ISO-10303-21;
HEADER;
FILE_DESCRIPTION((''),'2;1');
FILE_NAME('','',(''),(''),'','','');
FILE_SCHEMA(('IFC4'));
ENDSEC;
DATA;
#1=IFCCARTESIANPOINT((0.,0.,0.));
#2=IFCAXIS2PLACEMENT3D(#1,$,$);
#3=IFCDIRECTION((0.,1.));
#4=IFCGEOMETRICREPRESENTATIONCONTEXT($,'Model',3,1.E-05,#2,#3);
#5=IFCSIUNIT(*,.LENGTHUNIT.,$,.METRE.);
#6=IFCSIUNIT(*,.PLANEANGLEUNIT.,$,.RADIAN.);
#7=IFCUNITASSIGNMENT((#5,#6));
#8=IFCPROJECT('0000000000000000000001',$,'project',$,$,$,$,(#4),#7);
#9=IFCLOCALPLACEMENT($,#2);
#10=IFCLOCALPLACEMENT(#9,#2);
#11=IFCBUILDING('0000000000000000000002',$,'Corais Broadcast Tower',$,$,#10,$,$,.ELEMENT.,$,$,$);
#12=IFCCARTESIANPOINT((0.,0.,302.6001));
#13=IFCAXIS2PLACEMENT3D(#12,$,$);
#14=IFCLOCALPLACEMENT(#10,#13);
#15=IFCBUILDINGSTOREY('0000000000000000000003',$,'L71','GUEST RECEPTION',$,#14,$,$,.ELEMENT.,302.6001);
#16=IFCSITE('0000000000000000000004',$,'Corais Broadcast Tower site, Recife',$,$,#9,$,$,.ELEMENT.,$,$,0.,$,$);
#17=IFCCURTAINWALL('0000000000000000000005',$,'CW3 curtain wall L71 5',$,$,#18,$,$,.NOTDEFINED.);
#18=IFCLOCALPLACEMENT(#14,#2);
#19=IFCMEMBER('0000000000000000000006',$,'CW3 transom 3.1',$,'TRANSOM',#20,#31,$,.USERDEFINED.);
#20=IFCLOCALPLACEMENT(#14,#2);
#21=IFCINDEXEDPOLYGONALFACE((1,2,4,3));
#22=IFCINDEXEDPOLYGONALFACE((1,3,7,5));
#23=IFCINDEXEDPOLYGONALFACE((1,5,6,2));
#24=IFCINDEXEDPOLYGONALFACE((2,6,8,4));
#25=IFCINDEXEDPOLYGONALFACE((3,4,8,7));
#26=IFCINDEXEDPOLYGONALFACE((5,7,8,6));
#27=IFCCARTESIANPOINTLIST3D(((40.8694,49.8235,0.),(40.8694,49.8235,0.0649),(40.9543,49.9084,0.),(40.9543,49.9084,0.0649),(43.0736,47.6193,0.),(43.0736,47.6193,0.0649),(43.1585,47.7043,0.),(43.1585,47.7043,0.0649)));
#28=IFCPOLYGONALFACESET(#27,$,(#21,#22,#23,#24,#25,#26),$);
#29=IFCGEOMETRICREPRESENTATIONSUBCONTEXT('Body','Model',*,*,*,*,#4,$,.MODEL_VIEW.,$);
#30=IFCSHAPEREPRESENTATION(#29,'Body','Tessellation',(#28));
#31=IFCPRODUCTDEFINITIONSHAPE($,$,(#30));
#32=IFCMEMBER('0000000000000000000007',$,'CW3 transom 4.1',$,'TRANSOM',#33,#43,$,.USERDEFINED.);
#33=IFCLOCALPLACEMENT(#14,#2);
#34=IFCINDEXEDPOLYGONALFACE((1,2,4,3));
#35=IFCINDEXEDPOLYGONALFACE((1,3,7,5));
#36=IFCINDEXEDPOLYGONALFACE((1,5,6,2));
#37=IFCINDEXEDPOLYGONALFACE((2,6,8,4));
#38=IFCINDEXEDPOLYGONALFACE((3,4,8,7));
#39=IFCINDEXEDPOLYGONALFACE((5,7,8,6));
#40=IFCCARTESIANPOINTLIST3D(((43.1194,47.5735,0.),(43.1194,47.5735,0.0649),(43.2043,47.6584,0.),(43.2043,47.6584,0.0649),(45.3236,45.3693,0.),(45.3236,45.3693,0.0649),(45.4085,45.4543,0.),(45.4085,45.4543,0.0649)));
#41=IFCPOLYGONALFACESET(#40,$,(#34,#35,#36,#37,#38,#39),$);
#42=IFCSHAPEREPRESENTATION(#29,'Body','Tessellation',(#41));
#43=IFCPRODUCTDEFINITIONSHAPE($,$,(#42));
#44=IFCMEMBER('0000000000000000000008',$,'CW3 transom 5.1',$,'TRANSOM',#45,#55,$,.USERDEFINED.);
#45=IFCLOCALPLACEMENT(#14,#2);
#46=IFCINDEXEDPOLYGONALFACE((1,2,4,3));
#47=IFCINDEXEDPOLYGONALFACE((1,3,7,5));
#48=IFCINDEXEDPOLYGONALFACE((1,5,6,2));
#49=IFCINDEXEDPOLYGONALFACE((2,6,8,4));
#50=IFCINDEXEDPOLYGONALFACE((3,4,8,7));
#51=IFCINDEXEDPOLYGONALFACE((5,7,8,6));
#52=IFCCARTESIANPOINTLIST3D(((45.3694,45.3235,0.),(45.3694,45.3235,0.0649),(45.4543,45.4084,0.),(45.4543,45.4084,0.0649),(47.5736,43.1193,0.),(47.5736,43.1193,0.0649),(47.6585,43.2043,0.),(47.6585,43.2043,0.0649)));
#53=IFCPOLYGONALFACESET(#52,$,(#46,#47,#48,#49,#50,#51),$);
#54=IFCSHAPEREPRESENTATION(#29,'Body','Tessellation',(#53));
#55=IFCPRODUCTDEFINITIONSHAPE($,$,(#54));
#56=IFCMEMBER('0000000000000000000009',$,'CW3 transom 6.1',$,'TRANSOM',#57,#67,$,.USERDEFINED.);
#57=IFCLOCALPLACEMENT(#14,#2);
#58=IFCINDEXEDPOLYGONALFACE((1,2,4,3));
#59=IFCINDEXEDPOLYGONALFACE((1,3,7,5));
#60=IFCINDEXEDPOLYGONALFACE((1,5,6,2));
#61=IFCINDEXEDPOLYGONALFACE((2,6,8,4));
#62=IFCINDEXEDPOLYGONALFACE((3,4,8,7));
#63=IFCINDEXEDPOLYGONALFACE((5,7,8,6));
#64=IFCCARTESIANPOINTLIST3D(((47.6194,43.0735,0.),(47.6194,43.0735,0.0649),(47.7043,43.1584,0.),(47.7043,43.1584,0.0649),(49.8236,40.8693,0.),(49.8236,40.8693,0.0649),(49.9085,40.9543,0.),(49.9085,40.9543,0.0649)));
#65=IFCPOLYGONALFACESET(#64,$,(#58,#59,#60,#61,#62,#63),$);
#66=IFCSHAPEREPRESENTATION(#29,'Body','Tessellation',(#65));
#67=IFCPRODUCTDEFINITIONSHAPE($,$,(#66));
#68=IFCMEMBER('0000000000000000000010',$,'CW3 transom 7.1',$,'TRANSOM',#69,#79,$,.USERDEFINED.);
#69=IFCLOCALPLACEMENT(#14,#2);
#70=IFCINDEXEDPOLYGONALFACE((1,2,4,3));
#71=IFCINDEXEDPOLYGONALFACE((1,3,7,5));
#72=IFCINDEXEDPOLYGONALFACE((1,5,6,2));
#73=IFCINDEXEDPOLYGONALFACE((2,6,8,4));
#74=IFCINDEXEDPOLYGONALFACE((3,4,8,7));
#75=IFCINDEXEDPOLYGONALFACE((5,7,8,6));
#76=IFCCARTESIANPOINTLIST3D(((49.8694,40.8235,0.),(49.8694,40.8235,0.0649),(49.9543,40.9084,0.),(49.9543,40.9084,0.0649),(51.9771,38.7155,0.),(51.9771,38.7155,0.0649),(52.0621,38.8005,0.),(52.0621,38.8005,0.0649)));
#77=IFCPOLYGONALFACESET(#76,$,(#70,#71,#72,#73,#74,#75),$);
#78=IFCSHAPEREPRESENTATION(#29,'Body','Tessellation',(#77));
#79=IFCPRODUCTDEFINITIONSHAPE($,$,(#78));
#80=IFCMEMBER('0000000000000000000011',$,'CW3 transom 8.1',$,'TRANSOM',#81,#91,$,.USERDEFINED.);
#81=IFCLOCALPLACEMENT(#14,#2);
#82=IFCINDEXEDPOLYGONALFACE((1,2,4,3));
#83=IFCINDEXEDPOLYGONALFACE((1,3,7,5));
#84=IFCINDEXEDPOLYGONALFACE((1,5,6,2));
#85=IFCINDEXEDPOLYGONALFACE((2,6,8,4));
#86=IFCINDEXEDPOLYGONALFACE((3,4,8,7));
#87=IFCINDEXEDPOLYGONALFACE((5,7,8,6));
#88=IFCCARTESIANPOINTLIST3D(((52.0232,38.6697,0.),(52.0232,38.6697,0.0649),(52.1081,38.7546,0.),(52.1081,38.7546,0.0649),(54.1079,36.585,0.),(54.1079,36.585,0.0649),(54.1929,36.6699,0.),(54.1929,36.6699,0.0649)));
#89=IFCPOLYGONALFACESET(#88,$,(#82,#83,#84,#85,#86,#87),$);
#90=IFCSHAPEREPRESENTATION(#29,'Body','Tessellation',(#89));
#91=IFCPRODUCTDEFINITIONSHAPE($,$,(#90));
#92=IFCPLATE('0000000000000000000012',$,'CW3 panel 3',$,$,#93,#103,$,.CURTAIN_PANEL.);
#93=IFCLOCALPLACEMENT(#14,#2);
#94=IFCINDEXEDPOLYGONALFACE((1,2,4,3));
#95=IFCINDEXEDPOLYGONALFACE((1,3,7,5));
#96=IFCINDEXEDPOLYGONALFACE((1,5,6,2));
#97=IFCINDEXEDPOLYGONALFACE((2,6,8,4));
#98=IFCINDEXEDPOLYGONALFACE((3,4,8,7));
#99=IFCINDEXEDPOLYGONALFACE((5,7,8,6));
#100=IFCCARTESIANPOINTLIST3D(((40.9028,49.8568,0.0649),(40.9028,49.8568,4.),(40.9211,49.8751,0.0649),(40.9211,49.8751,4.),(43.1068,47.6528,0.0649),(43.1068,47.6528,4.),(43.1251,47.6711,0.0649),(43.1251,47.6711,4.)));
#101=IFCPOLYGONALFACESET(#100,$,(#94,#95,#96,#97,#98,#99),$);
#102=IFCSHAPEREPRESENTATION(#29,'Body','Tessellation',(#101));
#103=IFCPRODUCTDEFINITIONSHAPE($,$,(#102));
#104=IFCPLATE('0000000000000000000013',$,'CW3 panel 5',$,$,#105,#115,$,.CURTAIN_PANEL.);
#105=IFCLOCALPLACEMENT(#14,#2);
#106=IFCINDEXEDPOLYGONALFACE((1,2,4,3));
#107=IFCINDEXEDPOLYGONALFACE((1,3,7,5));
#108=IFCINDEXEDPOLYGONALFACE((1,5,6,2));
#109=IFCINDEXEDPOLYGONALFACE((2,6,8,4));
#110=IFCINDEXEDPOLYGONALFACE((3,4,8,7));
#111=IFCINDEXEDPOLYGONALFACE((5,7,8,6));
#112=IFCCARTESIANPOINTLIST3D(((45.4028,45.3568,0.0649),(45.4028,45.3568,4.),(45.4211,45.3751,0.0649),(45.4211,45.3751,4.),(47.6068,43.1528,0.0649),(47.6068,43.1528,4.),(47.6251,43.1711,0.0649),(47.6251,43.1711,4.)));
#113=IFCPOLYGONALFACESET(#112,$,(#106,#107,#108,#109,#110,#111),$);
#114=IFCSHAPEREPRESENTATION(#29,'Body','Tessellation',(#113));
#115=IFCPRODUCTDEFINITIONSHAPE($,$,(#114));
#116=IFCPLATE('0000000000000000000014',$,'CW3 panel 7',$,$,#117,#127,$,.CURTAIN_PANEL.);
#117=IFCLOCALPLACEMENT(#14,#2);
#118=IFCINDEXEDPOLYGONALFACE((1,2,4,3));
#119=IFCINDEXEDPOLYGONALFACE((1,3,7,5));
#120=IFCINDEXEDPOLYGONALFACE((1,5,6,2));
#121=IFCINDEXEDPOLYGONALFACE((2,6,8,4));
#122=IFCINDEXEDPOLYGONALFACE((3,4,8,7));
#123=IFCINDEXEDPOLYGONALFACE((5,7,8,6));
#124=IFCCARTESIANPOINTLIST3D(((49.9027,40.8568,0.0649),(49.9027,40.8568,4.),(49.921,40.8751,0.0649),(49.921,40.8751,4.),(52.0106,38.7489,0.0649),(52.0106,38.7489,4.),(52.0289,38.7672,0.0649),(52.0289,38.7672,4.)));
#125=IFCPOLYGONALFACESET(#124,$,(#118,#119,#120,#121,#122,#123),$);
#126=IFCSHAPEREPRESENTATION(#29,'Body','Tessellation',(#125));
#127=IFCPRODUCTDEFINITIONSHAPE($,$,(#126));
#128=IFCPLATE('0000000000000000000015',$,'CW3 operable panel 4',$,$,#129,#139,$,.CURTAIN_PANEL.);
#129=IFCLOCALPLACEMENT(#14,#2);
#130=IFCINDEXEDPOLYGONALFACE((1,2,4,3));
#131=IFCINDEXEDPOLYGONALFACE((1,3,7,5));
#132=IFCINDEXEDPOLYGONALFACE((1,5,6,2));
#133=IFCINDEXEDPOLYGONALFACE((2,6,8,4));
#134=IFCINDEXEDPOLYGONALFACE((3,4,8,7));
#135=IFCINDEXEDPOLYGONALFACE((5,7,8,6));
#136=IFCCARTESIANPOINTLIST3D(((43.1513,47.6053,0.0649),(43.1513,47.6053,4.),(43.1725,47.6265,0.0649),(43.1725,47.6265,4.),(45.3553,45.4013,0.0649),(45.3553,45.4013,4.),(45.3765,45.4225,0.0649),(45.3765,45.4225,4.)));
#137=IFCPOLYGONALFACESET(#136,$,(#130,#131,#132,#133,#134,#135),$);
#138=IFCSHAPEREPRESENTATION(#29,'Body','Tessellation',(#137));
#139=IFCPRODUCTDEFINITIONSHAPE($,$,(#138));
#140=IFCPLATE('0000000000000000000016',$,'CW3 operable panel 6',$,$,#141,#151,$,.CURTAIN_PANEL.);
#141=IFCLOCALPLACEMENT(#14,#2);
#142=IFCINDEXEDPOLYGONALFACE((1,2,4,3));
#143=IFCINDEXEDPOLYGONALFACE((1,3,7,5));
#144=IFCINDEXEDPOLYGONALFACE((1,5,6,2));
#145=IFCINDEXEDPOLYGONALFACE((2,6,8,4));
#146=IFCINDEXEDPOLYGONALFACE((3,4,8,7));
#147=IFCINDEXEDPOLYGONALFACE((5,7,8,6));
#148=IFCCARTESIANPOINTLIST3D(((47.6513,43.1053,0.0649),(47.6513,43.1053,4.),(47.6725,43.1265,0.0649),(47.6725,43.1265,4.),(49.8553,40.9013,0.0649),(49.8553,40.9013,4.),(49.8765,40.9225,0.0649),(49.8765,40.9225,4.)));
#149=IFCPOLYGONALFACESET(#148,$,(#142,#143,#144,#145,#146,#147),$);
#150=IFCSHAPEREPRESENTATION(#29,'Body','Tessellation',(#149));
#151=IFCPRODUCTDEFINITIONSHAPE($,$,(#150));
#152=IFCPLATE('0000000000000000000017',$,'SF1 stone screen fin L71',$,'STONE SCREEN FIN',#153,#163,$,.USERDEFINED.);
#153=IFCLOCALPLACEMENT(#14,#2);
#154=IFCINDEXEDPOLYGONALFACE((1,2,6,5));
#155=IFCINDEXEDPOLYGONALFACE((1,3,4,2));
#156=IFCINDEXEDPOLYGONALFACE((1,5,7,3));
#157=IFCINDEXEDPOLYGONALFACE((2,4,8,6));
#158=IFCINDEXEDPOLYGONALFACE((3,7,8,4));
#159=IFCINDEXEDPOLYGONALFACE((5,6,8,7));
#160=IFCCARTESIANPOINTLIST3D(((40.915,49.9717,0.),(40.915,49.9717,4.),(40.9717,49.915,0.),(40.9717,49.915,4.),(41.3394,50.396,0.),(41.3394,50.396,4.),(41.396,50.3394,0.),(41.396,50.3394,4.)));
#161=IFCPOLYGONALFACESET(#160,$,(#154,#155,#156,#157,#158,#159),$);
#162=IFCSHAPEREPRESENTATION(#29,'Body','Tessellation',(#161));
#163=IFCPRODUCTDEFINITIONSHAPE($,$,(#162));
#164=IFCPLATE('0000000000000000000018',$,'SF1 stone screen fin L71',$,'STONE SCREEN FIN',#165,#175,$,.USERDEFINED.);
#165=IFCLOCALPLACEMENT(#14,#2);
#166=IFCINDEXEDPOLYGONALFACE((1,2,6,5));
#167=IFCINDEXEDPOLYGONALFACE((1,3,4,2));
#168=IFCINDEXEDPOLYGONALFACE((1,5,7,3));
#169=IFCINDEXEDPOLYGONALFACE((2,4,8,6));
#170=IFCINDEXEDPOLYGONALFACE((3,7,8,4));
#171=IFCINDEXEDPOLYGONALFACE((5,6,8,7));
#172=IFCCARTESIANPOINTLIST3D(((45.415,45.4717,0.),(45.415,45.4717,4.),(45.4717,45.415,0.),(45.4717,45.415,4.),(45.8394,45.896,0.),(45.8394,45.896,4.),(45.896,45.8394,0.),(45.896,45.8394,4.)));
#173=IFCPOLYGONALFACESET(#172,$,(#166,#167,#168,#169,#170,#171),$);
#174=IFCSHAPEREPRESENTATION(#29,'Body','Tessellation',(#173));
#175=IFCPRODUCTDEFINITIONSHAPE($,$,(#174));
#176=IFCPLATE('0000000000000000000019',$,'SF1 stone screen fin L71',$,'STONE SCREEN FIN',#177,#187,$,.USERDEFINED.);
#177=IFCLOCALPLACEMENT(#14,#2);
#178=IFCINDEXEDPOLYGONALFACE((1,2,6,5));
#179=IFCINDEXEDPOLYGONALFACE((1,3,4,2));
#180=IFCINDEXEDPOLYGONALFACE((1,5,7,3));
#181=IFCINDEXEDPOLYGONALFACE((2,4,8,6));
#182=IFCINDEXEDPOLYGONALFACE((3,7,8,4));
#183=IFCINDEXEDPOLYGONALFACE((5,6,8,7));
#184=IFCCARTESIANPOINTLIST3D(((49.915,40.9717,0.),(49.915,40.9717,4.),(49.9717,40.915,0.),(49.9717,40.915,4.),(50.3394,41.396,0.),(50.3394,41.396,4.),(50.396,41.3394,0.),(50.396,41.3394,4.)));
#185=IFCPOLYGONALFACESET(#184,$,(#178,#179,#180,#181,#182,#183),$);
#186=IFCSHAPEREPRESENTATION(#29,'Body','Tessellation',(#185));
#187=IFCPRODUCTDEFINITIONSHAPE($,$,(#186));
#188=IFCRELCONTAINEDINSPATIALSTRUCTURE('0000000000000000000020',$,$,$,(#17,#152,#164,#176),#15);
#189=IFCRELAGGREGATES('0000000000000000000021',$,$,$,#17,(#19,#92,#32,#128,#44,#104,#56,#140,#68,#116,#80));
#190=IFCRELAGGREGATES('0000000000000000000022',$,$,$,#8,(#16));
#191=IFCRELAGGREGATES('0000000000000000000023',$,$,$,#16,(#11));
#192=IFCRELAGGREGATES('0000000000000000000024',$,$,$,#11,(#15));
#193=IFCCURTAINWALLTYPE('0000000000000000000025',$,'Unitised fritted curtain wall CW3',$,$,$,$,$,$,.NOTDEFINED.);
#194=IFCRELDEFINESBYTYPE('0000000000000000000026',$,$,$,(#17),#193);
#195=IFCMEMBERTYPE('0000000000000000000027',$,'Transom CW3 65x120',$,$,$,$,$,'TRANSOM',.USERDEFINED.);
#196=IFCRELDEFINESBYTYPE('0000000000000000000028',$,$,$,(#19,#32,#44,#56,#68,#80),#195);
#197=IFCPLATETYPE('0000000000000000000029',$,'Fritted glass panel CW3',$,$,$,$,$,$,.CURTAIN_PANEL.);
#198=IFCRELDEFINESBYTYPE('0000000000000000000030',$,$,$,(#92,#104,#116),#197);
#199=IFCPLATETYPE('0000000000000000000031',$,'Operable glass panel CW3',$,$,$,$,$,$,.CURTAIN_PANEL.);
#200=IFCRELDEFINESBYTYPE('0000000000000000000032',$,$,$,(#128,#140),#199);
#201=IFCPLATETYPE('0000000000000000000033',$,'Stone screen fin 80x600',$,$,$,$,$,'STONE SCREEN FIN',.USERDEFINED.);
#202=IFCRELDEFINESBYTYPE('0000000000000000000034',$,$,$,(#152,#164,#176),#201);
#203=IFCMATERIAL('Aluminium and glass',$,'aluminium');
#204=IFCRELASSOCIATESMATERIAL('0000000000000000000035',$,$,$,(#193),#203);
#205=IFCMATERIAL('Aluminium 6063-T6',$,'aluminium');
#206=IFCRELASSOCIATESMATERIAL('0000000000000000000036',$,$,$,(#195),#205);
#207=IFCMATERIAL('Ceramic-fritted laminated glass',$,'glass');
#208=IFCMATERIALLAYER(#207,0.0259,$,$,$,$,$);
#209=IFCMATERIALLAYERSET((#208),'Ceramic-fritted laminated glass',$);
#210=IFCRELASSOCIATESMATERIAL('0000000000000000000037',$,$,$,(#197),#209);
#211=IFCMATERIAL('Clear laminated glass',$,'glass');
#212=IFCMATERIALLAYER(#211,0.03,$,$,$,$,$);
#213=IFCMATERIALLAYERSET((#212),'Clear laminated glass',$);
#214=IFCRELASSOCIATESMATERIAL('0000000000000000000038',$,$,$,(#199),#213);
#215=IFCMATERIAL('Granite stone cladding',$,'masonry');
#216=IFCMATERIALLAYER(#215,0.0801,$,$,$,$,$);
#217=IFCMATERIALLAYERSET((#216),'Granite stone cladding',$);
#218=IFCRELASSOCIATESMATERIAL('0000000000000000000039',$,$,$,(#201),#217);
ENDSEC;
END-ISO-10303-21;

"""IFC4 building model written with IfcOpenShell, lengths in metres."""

from ifc_helpers import new_model, si_unit, direction, frame, origin, origin_2d, place, context, subcontext, project, spatial, rectangle, extrude, material, layer, layer_set, material_profile, profile_set, type_object, element, aggregate, save


model = new_model("IFC4")

# Units and contexts
model_context = context("Model", 3, precision=1e-05, world=origin(), true_north=direction((0.0, 1.0)))
body_context = subcontext(model_context, "Body", "Model", "MODEL_VIEW")
ifc_project = project(units=[si_unit("LENGTHUNIT", "METRE"), si_unit("PLANEANGLEUNIT", "RADIAN")], contexts=[model_context])

# Site, building, storey
site_placement = place(None, origin())
site = spatial("IfcSite", under=ifc_project, at=site_placement, Name="Corais Broadcast Tower site, Recife", CompositionType="ELEMENT", RefElevation=0.0)
building_placement = place(site_placement, origin())
building = spatial("IfcBuilding", under=site, at=building_placement, Name="Corais Broadcast Tower", CompositionType="ELEMENT")
storey_placement = place(building_placement, frame((0.0, 0.0, 302.6001)))
storey = spatial("IfcBuildingStorey", under=building, at=storey_placement, Name="L71", Description="GUEST RECEPTION", CompositionType="ELEMENT", Elevation=302.6001)

# Curtain wall
ifc_material_1 = material(Name="Aluminium and glass", Category="aluminium")
curtain_wall_type = type_object("IfcCurtainWallType", Name="Unitised fritted curtain wall CW3", PredefinedType="NOTDEFINED", material=ifc_material_1)
curtain_wall_placement = place(storey_placement, origin())
curtain_wall = element("IfcCurtainWall", 1, at=curtain_wall_placement, inside=storey, type_object=curtain_wall_type, Name="CW3 curtain wall L71 5", PredefinedType="NOTDEFINED")

# Members
ifc_material_2 = material(Name="Aluminium 6063-T6", Category="aluminium")
ifc_material_profile_1 = material_profile(ifc_material_2, rectangle(XDim=0.1201, YDim=0.0649, at=origin_2d()), Name="Transom CW3 65x120")
ifc_profile_set_1 = profile_set([ifc_material_profile_1], Name="Aluminium 6063-T6")
member_type_1 = type_object("IfcMemberType", Name="Transom CW3 65x120", ElementType="TRANSOM", PredefinedType="USERDEFINED", material=ifc_profile_set_1)
member_1_placement = place(storey_placement, frame((40.9119, 49.866, 0.0325), z_axis=(0.707107, -0.707107, 0.0), x_axis=(0.707107, 0.707107, 0.0)))
member_1 = element("IfcMember", 2, at=member_1_placement, type_object=member_type_1, Name="CW3 transom 3.1", ObjectType="TRANSOM", PredefinedType="USERDEFINED", context=body_context, shape_type="SweptSolid", body=[
    extrude(rectangle(XDim=0.1201, YDim=0.0649, at=origin_2d()), origin(), (0.0, 0.0, 1.0), 3.1172),
])
member_2_placement = place(storey_placement, frame((43.1619, 47.616, 0.0325), z_axis=(0.707107, -0.707107, 0.0), x_axis=(0.707107, 0.707107, 0.0)))
member_2 = element("IfcMember", 3, at=member_2_placement, type_object=member_type_1, Name="CW3 transom 4.1", ObjectType="TRANSOM", PredefinedType="USERDEFINED", context=body_context, shape_type="SweptSolid", body=[
    extrude(rectangle(XDim=0.1201, YDim=0.0649, at=origin_2d()), origin(), (0.0, 0.0, 1.0), 3.1172),
])
member_3_placement = place(storey_placement, frame((45.4119, 45.366, 0.0325), z_axis=(0.707107, -0.707107, 0.0), x_axis=(0.707107, 0.707107, 0.0)))
member_3 = element("IfcMember", 4, at=member_3_placement, type_object=member_type_1, Name="CW3 transom 5.1", ObjectType="TRANSOM", PredefinedType="USERDEFINED", context=body_context, shape_type="SweptSolid", body=[
    extrude(rectangle(XDim=0.1201, YDim=0.0649, at=origin_2d()), origin(), (0.0, 0.0, 1.0), 3.1172),
])
member_4_placement = place(storey_placement, frame((47.6619, 43.116, 0.0325), z_axis=(0.707107, -0.707107, 0.0), x_axis=(0.707107, 0.707107, 0.0)))
member_4 = element("IfcMember", 5, at=member_4_placement, type_object=member_type_1, Name="CW3 transom 6.1", ObjectType="TRANSOM", PredefinedType="USERDEFINED", context=body_context, shape_type="SweptSolid", body=[
    extrude(rectangle(XDim=0.1201, YDim=0.0649, at=origin_2d()), origin(), (0.0, 0.0, 1.0), 3.1172),
])
member_5_placement = place(storey_placement, frame((49.9119, 40.866, 0.0325), z_axis=(0.707066, -0.707148, 0.0), x_axis=(0.707148, 0.707066, 0.0)))
member_5 = element("IfcMember", 6, at=member_5_placement, type_object=member_type_1, Name="CW3 transom 7.1", ObjectType="TRANSOM", PredefinedType="USERDEFINED", context=body_context, shape_type="SweptSolid", body=[
    extrude(rectangle(XDim=0.1201, YDim=0.0649, at=origin_2d()), origin(), (0.0, 0.0, 1.0), 2.981),
])
member_6_placement = place(storey_placement, frame((52.0657, 38.7122, 0.0325), z_axis=(0.707107, -0.707107, 0.0), x_axis=(0.707107, 0.707107, 0.0)))
member_6 = element("IfcMember", 7, at=member_6_placement, type_object=member_type_1, Name="CW3 transom 8.1", ObjectType="TRANSOM", PredefinedType="USERDEFINED", context=body_context, shape_type="SweptSolid", body=[
    extrude(rectangle(XDim=0.1201, YDim=0.0649, at=origin_2d()), origin(), (0.0, 0.0, 1.0), 2.9482),
])

# Plates
ifc_material_3 = material(Name="Ceramic-fritted laminated glass", Category="glass")
ifc_layer_1 = layer(ifc_material_3, 0.0259)
ifc_layer_set_1 = layer_set([ifc_layer_1], Name="Ceramic-fritted laminated glass")
plate_type_1 = type_object("IfcPlateType", Name="Fritted glass panel CW3", PredefinedType="CURTAIN_PANEL", material=ifc_layer_set_1)
plate_1_placement = place(storey_placement, frame((42.0139, 48.7639, 0.0649), z_axis=(0.0, 0.0, 1.0), x_axis=(0.707107, -0.707107, 0.0)))
plate_1 = element("IfcPlate", 8, at=plate_1_placement, type_object=plate_type_1, Name="CW3 panel 3", PredefinedType="CURTAIN_PANEL", context=body_context, shape_type="SweptSolid", body=[
    extrude(rectangle(XDim=3.1169, YDim=0.0259, at=origin_2d()), origin(), (0.0, 0.0, 1.0), 3.9351),
])
plate_2_placement = place(storey_placement, frame((46.5139, 44.2639, 0.0649), z_axis=(0.0, 0.0, 1.0), x_axis=(0.707107, -0.707107, 0.0)))
plate_2 = element("IfcPlate", 9, at=plate_2_placement, type_object=plate_type_1, Name="CW3 panel 5", PredefinedType="CURTAIN_PANEL", context=body_context, shape_type="SweptSolid", body=[
    extrude(rectangle(XDim=3.1169, YDim=0.0259, at=origin_2d()), origin(), (0.0, 0.0, 1.0), 3.9351),
])
plate_3_placement = place(storey_placement, frame((50.9658, 39.812, 0.0649), z_axis=(0.0, 0.0, 1.0), x_axis=(0.707107, -0.707107, 0.0)))
plate_3 = element("IfcPlate", 10, at=plate_3_placement, type_object=plate_type_1, Name="CW3 panel 7", PredefinedType="CURTAIN_PANEL", context=body_context, shape_type="SweptSolid", body=[
    extrude(rectangle(XDim=2.981, YDim=0.0259, at=origin_2d()), origin(), (0.0, 0.0, 1.0), 3.9351),
])
ifc_material_4 = material(Name="Clear laminated glass", Category="glass")
ifc_layer_2 = layer(ifc_material_4, 0.03)
ifc_layer_set_2 = layer_set([ifc_layer_2], Name="Clear laminated glass")
plate_type_2 = type_object("IfcPlateType", Name="Operable glass panel CW3", PredefinedType="CURTAIN_PANEL", material=ifc_layer_set_2)
plate_4_placement = place(storey_placement, frame((44.2639, 46.5139, 0.0649), z_axis=(0.0, 0.0, 1.0), x_axis=(0.707107, -0.707107, 0.0)))
plate_4 = element("IfcPlate", 11, at=plate_4_placement, type_object=plate_type_2, Name="CW3 operable panel 4", PredefinedType="CURTAIN_PANEL", context=body_context, shape_type="SweptSolid", body=[
    extrude(rectangle(XDim=3.1169, YDim=0.03, at=origin_2d()), origin(), (0.0, 0.0, 1.0), 3.9351),
])
plate_5_placement = place(storey_placement, frame((48.7639, 42.0139, 0.0649), z_axis=(0.0, 0.0, 1.0), x_axis=(0.707107, -0.707107, 0.0)))
plate_5 = element("IfcPlate", 12, at=plate_5_placement, type_object=plate_type_2, Name="CW3 operable panel 6", PredefinedType="CURTAIN_PANEL", context=body_context, shape_type="SweptSolid", body=[
    extrude(rectangle(XDim=3.1169, YDim=0.03, at=origin_2d()), origin(), (0.0, 0.0, 1.0), 3.9351),
])
aggregate(curtain_wall, [member_1, plate_1, member_2, plate_4, member_3, plate_2, member_4, plate_5, member_5, plate_3, member_6])

# Plates
ifc_material_5 = material(Name="Granite stone cladding", Category="masonry")
ifc_layer_3 = layer(ifc_material_5, 0.0801)
ifc_layer_set_3 = layer_set([ifc_layer_3], Name="Granite stone cladding")
plate_type_3 = type_object("IfcPlateType", Name="Stone screen fin 80x600", ElementType="STONE SCREEN FIN", PredefinedType="USERDEFINED", material=ifc_layer_set_3)
for number, where, z_axis, x_axis, name in (
    (13, (41.1555, 50.1555, 0.0), (0.0, 0.0, 1.0), (0.707107, -0.707107, 0.0), "SF1 stone screen fin L71"),
    (14, (45.6555, 45.6555, 0.0), (0.0, 0.0, 1.0), (0.707107, -0.707107, 0.0), "SF1 stone screen fin L71"),
    (15, (50.1555, 41.1555, 0.0), (0.0, 0.0, 1.0), (0.707107, -0.707107, 0.0), "SF1 stone screen fin L71"),
):
    element("IfcPlate", number, at=place(storey_placement, frame(where, z_axis=z_axis, x_axis=x_axis)), inside=storey, type_object=plate_type_3, Name=name, ObjectType="STONE SCREEN FIN", PredefinedType="USERDEFINED", context=body_context, shape_type="SweptSolid", body=[
        extrude(rectangle(XDim=0.0801, YDim=0.6001, at=origin_2d()), origin(), (0.0, 0.0, 1.0), 4.0),
    ])

save(model, "model.ifc")
